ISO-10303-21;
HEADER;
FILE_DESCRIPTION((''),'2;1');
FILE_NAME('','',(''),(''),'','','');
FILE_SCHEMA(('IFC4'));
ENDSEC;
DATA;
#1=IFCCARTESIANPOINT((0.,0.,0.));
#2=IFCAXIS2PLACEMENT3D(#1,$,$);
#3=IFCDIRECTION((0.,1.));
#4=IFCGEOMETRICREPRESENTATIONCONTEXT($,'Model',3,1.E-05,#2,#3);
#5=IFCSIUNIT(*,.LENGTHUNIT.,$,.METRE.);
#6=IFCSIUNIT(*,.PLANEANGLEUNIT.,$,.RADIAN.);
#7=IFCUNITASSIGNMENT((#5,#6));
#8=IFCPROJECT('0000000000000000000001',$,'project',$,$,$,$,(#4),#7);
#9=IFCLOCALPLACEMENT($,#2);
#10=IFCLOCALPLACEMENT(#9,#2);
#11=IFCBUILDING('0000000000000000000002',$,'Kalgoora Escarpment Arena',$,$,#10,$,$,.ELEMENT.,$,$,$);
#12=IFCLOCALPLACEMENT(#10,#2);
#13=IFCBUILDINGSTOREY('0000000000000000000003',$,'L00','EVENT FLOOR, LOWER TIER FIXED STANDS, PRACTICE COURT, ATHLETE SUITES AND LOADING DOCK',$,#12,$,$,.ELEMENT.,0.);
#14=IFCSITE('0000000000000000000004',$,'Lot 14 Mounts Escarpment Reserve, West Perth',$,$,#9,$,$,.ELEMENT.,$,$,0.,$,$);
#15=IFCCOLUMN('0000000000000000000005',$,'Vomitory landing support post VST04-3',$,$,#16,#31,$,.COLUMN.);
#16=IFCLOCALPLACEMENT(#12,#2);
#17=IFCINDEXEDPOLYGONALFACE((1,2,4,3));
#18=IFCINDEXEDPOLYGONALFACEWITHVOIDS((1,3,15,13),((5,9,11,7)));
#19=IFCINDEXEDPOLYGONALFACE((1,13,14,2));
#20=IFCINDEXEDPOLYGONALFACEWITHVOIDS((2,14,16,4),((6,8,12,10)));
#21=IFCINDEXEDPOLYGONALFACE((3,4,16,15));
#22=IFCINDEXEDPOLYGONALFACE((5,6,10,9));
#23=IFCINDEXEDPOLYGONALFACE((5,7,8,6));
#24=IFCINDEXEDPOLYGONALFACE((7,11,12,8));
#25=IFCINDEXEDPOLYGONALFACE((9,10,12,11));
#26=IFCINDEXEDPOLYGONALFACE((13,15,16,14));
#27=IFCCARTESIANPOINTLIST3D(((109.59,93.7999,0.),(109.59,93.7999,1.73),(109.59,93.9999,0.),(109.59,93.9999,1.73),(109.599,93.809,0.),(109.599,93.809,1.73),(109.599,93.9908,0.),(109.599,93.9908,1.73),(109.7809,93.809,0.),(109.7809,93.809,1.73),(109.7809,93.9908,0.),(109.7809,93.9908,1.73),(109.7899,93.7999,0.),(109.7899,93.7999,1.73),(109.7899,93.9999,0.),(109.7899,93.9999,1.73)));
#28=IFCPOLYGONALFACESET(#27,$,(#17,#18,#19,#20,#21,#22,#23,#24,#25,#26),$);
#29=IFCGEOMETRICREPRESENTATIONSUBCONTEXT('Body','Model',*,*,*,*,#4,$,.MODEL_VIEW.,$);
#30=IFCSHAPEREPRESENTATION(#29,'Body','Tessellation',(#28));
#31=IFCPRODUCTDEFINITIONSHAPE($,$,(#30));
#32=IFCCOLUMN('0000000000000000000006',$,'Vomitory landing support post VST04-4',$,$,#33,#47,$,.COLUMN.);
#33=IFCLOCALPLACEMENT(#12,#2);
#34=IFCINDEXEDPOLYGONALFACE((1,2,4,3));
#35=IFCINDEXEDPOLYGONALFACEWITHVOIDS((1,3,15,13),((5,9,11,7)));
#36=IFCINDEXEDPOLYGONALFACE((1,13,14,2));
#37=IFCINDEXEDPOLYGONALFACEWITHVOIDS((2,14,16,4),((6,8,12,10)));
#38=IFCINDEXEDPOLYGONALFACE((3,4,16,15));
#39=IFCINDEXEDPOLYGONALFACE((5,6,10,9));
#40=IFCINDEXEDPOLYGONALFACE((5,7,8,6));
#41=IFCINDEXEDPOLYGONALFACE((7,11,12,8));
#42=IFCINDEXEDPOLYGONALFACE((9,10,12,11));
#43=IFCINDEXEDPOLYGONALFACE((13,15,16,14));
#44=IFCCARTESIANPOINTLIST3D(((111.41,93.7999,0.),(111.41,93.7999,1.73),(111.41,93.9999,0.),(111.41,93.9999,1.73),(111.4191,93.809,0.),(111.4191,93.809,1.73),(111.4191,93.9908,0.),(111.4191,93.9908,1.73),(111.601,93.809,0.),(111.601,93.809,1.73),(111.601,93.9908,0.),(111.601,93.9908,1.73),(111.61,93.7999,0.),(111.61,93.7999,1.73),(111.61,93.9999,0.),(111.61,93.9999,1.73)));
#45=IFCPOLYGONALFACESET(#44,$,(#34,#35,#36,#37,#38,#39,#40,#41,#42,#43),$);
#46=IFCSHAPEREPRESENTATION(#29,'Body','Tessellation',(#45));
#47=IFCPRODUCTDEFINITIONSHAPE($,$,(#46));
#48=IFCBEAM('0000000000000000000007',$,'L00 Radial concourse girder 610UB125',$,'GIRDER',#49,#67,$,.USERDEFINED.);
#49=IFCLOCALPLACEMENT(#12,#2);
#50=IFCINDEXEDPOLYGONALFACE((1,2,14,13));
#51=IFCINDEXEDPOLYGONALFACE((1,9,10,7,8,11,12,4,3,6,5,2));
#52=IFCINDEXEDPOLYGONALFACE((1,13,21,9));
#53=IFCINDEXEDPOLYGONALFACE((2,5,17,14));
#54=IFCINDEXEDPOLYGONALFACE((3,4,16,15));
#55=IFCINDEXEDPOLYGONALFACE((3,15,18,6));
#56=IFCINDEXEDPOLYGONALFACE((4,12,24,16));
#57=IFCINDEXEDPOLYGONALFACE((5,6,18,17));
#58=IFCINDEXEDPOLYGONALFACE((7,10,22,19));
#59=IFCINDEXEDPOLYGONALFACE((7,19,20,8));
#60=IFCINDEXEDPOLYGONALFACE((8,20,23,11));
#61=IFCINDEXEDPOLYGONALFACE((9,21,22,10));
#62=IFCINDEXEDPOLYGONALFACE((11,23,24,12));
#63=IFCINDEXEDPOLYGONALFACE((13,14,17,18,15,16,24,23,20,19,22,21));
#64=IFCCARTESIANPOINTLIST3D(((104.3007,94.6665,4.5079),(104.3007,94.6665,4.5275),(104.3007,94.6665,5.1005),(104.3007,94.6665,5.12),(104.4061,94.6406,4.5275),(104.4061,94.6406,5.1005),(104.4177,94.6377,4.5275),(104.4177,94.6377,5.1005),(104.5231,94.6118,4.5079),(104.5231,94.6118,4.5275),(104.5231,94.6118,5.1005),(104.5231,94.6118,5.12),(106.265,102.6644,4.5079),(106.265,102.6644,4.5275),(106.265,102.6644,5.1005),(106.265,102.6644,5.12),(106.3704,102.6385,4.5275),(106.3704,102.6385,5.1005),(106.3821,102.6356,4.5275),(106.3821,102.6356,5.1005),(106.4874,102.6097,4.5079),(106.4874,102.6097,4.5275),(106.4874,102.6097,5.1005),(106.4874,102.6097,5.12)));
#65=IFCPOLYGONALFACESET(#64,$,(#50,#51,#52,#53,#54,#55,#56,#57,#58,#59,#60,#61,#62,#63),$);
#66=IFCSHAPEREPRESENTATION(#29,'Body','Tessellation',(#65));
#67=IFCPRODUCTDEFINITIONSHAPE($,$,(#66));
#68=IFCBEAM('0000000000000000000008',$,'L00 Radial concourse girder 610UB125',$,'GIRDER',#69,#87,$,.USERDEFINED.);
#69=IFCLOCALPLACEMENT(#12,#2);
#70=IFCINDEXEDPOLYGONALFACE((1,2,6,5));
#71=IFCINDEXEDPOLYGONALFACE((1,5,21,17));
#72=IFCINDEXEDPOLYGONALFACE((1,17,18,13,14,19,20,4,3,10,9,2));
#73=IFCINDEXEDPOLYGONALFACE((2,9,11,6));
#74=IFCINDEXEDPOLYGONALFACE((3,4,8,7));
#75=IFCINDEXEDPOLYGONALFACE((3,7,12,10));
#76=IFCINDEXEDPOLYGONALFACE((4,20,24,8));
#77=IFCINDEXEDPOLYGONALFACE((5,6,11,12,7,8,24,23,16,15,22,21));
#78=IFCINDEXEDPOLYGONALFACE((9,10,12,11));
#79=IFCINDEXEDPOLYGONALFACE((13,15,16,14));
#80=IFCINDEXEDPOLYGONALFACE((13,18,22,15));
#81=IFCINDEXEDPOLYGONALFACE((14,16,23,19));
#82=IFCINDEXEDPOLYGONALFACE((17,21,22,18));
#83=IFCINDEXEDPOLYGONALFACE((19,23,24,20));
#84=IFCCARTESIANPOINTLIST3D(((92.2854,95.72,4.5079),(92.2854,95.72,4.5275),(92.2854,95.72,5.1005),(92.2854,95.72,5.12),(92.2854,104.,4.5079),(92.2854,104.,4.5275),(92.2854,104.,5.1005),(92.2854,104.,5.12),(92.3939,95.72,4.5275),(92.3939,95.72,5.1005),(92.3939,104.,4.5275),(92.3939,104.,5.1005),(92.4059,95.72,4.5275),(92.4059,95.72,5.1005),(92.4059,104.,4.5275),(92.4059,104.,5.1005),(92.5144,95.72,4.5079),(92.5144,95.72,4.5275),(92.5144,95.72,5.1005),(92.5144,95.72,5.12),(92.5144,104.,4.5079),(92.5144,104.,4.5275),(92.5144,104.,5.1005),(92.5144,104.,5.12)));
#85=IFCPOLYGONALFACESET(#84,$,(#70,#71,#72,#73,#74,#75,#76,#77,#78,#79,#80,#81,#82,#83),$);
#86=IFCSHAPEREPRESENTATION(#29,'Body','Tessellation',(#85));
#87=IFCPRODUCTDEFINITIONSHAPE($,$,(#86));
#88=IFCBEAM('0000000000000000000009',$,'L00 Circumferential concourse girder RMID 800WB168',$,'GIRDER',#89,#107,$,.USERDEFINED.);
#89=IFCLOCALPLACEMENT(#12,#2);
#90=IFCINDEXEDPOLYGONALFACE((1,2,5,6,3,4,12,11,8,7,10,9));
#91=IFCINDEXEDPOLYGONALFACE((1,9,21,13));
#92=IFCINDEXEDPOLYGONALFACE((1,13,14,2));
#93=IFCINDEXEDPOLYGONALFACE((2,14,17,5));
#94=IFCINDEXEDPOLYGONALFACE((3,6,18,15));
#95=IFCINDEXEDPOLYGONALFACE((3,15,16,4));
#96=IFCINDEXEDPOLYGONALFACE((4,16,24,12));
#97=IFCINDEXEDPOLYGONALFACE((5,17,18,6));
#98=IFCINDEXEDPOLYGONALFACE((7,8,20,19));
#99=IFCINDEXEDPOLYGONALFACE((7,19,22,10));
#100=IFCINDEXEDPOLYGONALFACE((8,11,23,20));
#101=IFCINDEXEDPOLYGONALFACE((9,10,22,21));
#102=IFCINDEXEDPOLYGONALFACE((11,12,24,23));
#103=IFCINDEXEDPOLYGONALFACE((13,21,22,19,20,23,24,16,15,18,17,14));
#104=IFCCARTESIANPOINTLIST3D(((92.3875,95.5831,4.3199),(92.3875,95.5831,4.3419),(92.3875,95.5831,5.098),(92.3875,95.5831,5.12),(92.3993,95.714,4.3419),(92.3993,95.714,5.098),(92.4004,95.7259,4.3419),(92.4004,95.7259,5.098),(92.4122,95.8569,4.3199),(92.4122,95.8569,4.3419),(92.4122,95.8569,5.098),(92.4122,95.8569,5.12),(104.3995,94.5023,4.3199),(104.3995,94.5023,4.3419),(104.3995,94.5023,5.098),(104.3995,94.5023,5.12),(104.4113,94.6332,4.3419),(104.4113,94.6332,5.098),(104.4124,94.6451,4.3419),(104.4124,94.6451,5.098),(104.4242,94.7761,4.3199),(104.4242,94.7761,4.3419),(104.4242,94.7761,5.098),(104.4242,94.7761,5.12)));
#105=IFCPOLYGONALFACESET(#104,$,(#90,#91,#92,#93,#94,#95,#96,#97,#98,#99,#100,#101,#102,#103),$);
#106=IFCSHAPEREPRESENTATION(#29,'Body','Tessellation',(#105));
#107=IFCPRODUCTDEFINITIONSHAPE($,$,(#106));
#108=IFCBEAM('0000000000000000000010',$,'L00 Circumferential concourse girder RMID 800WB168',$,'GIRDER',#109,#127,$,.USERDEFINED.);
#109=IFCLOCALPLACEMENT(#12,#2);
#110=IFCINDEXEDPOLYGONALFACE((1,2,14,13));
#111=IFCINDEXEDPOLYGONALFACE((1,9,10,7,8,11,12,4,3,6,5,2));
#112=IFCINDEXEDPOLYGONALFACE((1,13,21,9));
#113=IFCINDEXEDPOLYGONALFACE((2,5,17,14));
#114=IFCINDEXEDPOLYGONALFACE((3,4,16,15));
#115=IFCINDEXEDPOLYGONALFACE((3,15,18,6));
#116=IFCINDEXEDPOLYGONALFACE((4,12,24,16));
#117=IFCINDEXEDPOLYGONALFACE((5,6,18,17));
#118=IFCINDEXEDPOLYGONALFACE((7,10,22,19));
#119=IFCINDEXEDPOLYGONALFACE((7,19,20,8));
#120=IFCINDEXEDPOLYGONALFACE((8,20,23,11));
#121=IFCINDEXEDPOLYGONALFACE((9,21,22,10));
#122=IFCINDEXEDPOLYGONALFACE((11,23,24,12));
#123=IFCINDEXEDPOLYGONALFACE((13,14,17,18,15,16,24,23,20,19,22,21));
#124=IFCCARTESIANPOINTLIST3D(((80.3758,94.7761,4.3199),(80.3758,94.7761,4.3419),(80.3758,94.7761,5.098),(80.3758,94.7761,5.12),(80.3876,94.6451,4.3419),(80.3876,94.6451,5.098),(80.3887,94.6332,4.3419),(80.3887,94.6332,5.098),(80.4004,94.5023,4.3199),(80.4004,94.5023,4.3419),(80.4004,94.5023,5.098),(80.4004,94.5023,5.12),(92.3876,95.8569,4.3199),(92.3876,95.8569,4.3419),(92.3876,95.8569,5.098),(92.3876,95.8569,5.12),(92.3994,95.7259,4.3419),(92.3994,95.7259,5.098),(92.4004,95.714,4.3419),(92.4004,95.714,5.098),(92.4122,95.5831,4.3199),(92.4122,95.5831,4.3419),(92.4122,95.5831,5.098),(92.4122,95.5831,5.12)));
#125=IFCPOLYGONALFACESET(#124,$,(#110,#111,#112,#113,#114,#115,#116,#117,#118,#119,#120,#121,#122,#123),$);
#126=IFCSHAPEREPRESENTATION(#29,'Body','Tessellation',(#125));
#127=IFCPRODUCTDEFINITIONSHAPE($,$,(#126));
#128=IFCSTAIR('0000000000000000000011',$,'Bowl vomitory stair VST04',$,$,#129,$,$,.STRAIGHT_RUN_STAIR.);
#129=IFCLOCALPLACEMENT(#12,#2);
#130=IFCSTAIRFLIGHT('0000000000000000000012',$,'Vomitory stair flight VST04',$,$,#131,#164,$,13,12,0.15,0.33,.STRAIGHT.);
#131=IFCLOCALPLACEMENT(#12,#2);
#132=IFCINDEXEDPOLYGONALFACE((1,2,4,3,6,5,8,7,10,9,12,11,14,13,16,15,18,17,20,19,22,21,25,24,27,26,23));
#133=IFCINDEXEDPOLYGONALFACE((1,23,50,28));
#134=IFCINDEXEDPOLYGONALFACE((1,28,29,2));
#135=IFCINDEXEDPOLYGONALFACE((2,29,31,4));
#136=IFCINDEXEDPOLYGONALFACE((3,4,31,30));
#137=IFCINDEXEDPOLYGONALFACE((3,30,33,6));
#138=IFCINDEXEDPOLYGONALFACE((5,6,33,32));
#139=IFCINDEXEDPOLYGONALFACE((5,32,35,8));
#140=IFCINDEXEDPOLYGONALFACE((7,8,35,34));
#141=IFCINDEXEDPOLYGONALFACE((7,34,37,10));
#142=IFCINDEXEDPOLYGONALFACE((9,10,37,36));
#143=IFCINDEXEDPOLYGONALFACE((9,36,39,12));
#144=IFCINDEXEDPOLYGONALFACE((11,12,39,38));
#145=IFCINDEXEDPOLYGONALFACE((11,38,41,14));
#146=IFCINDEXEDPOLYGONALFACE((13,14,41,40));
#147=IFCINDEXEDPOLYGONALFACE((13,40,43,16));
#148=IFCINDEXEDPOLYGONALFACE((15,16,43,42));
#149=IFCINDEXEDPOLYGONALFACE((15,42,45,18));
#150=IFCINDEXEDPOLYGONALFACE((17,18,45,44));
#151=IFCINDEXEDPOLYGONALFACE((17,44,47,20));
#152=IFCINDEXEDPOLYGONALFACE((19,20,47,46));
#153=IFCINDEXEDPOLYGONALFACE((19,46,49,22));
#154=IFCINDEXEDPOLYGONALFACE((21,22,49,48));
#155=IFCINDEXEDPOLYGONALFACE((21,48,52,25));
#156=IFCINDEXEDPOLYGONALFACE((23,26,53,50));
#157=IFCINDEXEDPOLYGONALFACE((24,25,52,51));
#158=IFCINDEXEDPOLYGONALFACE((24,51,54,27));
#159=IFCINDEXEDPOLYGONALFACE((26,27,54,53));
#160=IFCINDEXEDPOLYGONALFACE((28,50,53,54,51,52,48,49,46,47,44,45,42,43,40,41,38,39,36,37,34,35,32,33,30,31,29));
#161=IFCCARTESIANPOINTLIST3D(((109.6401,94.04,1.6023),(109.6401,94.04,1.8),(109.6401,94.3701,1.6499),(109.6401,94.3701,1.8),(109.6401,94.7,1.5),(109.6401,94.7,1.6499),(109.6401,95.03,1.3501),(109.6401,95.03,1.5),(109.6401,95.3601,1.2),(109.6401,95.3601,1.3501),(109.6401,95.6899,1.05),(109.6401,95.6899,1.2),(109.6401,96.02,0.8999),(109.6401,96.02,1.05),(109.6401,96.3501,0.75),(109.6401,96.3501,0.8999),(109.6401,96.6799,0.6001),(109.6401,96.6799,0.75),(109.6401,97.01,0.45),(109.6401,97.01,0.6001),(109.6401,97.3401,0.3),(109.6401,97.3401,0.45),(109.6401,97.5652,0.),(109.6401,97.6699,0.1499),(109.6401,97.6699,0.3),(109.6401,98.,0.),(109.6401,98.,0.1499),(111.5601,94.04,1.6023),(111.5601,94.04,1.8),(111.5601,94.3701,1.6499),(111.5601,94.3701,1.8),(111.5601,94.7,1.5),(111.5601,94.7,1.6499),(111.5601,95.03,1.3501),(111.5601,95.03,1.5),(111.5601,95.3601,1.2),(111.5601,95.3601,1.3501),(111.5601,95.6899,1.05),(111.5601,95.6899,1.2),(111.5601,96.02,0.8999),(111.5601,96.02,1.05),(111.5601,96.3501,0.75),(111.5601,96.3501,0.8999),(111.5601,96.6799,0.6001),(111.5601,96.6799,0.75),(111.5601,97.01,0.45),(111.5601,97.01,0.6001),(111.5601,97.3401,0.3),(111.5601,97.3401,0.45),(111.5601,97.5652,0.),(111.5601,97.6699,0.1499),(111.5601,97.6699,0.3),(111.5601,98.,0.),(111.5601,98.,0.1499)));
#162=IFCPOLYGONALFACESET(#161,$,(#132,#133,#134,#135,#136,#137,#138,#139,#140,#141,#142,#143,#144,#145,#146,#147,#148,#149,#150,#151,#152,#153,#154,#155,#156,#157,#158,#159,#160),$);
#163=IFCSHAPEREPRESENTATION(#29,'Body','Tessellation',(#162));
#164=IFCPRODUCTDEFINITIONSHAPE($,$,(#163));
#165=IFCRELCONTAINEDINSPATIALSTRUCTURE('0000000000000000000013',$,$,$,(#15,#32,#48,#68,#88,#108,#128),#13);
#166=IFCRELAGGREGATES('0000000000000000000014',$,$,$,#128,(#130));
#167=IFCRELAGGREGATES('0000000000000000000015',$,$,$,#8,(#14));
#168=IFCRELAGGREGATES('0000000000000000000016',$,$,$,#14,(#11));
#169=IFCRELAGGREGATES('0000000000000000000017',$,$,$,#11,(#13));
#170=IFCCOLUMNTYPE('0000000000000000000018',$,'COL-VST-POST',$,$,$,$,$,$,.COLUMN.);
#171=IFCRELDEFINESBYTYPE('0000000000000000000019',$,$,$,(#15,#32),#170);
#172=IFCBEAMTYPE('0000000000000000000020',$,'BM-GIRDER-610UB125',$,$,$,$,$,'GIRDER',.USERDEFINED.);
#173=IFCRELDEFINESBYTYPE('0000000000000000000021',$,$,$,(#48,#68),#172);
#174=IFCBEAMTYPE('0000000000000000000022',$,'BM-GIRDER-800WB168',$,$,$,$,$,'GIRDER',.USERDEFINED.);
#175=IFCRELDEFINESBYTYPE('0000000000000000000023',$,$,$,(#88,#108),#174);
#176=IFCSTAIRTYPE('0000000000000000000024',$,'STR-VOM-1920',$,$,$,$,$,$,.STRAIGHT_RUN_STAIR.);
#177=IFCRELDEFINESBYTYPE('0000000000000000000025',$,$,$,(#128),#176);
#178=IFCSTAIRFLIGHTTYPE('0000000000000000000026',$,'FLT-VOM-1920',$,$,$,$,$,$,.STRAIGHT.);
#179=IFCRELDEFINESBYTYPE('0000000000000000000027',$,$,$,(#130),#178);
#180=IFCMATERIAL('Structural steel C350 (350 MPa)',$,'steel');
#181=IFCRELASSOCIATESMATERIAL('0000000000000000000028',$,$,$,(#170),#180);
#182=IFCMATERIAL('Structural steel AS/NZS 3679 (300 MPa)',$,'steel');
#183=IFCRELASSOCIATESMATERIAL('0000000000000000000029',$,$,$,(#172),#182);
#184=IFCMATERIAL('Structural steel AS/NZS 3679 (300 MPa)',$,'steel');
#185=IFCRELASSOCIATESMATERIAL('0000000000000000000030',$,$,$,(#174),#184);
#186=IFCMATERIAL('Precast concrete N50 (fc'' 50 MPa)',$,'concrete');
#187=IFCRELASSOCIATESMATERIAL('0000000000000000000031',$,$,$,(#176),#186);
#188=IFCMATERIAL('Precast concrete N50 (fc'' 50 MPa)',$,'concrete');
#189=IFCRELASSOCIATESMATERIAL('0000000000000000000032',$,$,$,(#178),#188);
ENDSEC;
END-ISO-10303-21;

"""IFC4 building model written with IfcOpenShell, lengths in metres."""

from ifc_helpers import new_model, si_unit, direction, frame, origin, origin_2d, place, context, subcontext, project, spatial, polyline, hollow_rectangle, i_section, outline, extrude, material, material_profile, profile_set, type_object, element, aggregate, save


model = new_model("IFC4")

# Units and contexts
model_context = context("Model", 3, precision=1e-05, world=origin(), true_north=direction((0.0, 1.0)))
body_context = subcontext(model_context, "Body", "Model", "MODEL_VIEW")
ifc_project = project(units=[si_unit("LENGTHUNIT", "METRE"), si_unit("PLANEANGLEUNIT", "RADIAN")], contexts=[model_context])

# Site, building, storey
site_placement = place(None, origin())
site = spatial("IfcSite", under=ifc_project, at=site_placement, Name="Lot 14 Mounts Escarpment Reserve, West Perth", CompositionType="ELEMENT", RefElevation=0.0)
building_placement = place(site_placement, origin())
building = spatial("IfcBuilding", under=site, at=building_placement, Name="Kalgoora Escarpment Arena", CompositionType="ELEMENT")
storey_placement = place(building_placement, origin())
storey = spatial("IfcBuildingStorey", under=building, at=storey_placement, Name="L00", Description="EVENT FLOOR, LOWER TIER FIXED STANDS, PRACTICE COURT, ATHLETE SUITES AND LOADING DOCK", CompositionType="ELEMENT", Elevation=0.0)

# Columns
ifc_material_1 = material(Name="Structural steel C350 (350 MPa)", Category="steel")
ifc_material_profile_1 = material_profile(ifc_material_1, hollow_rectangle(XDim=0.2, YDim=0.2, WallThickness=0.009, at=origin_2d()))
ifc_profile_set_1 = profile_set([ifc_material_profile_1], Name="Structural steel C350 (350 MPa)")
column_type_1 = type_object("IfcColumnType", Name="COL-VST-POST", PredefinedType="COLUMN", material=ifc_profile_set_1)
for number, where, z_axis, x_axis, name in (
    (1, (109.6899, 93.8999, 0.0), (0.0, 0.0, 1.0), (1.0, 0.0, 0.0), "Vomitory landing support post VST04-3"),
    (2, (111.51, 93.8999, 0.0), (0.0, 0.0, 1.0), (1.0, 0.0, 0.0), "Vomitory landing support post VST04-4"),
):
    element("IfcColumn", number, at=place(storey_placement, frame(where, z_axis=z_axis, x_axis=x_axis)), inside=storey, type_object=column_type_1, Name=name, PredefinedType="COLUMN", context=body_context, shape_type="SweptSolid", body=[
        extrude(hollow_rectangle(XDim=0.2, YDim=0.2, WallThickness=0.009, at=origin_2d()), origin(), (0.0, 0.0, 1.0), 1.73),
    ])

# Beams
ifc_material_2 = material(Name="Structural steel AS/NZS 3679 (300 MPa)", Category="steel")
ifc_material_profile_2 = material_profile(ifc_material_2, i_section(OverallWidth=0.229, OverallDepth=0.6121, WebThickness=0.012, FlangeThickness=0.0195, at=origin_2d()))
ifc_profile_set_2 = profile_set([ifc_material_profile_2], Name="Structural steel AS/NZS 3679 (300 MPa)")
beam_type_1 = type_object("IfcBeamType", Name="BM-GIRDER-610UB125", ElementType="GIRDER", PredefinedType="USERDEFINED", material=ifc_profile_set_2)
beam_1_placement = place(storey_placement, frame((104.4119, 94.6392, 4.814), z_axis=(0.238523, 0.971137, 0.0), x_axis=(-0.971137, 0.238523, 0.0)))
element("IfcBeam", 3, at=beam_1_placement, inside=storey, type_object=beam_type_1, Name="L00 Radial concourse girder 610UB125", ObjectType="GIRDER", PredefinedType="USERDEFINED", context=body_context, shape_type="SweptSolid", body=[
    extrude(i_section(OverallWidth=0.229, OverallDepth=0.6121, WebThickness=0.012, FlangeThickness=0.0195, at=origin_2d()), origin(), (0.0, 0.0, 1.0), 8.2356),
])
beam_2_placement = place(storey_placement, frame((92.3999, 95.72, 4.814), z_axis=(0.0, 1.0, 0.0), x_axis=(-1.0, 0.0, 0.0)))
element("IfcBeam", 4, at=beam_2_placement, inside=storey, type_object=beam_type_1, Name="L00 Radial concourse girder 610UB125", ObjectType="GIRDER", PredefinedType="USERDEFINED", context=body_context, shape_type="SweptSolid", body=[
    extrude(i_section(OverallWidth=0.229, OverallDepth=0.6121, WebThickness=0.012, FlangeThickness=0.0195, at=origin_2d()), origin(), (0.0, 0.0, 1.0), 8.28),
])
ifc_material_3 = material(Name="Structural steel AS/NZS 3679 (300 MPa)", Category="steel")
ifc_material_profile_3 = material_profile(ifc_material_3, i_section(OverallWidth=0.2749, OverallDepth=0.8, WebThickness=0.012, FlangeThickness=0.022, at=origin_2d()))
ifc_profile_set_3 = profile_set([ifc_material_profile_3], Name="Structural steel AS/NZS 3679 (300 MPa)")
beam_type_2 = type_object("IfcBeamType", Name="BM-GIRDER-800WB168", ElementType="GIRDER", PredefinedType="USERDEFINED", material=ifc_profile_set_3)
beam_3_placement = place(storey_placement, frame((104.4119, 94.6392, 4.72), z_axis=(-0.995976, 0.089616, 0.0), x_axis=(-0.089616, -0.995976, 0.0)))
element("IfcBeam", 5, at=beam_3_placement, inside=storey, type_object=beam_type_2, Name="L00 Circumferential concourse girder RMID 800WB168", ObjectType="GIRDER", PredefinedType="USERDEFINED", context=body_context, shape_type="SweptSolid", body=[
    extrude(i_section(OverallWidth=0.2749, OverallDepth=0.8, WebThickness=0.012, FlangeThickness=0.022, at=origin_2d()), origin(), (0.0, 0.0, 1.0), 12.0605),
])
beam_4_placement = place(storey_placement, frame((92.3999, 95.72, 4.72), z_axis=(-0.995976, -0.089618, 0.0), x_axis=(0.089618, -0.995976, 0.0)))
element("IfcBeam", 6, at=beam_4_placement, inside=storey, type_object=beam_type_2, Name="L00 Circumferential concourse girder RMID 800WB168", ObjectType="GIRDER", PredefinedType="USERDEFINED", context=body_context, shape_type="SweptSolid", body=[
    extrude(i_section(OverallWidth=0.2749, OverallDepth=0.8, WebThickness=0.012, FlangeThickness=0.022, at=origin_2d()), origin(), (0.0, 0.0, 1.0), 12.0603),
])

# Stair, stair flight
ifc_material_4 = material(Name="Precast concrete N50 (fc' 50 MPa)", Category="concrete")
stair_type = type_object("IfcStairType", Name="STR-VOM-1920", PredefinedType="STRAIGHT_RUN_STAIR", material=ifc_material_4)
stair_placement = place(storey_placement, origin())
stair = element("IfcStair", 7, at=stair_placement, inside=storey, type_object=stair_type, Name="Bowl vomitory stair VST04", PredefinedType="STRAIGHT_RUN_STAIR")
ifc_material_5 = material(Name="Precast concrete N50 (fc' 50 MPa)", Category="concrete")
stair_flight_type = type_object("IfcStairFlightType", Name="FLT-VOM-1920", PredefinedType="STRAIGHT", material=ifc_material_5)
stair_flight_placement = place(storey_placement, frame((110.6001, 98.0, 0.0), z_axis=(0.0, 0.0, 1.0), x_axis=(0.0, -1.0, 0.0)))
stair_flight = element("IfcStairFlight", 8, at=stair_flight_placement, type_object=stair_flight_type, Name="Vomitory stair flight VST04", NumberOfRisers=13, NumberOfTreads=12, PredefinedType="STRAIGHT", RiserHeight=0.15, TreadLength=0.33, context=body_context, shape_type="SweptSolid", body=[
    extrude(outline(polyline([(0.0, 0.0), (0.0, 0.1499), (0.3301, 0.1499), (0.3301, 0.3), (0.6599, 0.3), (0.6599, 0.45), (0.99, 0.45), (0.99, 0.6001), (1.3201, 0.6001), (1.3201, 0.75), (1.6499, 0.75), (1.6499, 0.8999), (1.98, 0.8999), (1.98, 1.05), (2.3101, 1.05), (2.3101, 1.2), (2.6399, 1.2), (2.6399, 1.3501), (2.97, 1.3501), (2.97, 1.5), (3.3, 1.5), (3.3, 1.6499), (3.6299, 1.6499), (3.6299, 1.8), (3.96, 1.8), (3.96, 1.95), (3.96, 1.6023), (0.4348, 0.0), (0.0, 0.0)])), frame((0.0, 0.96, 0.0), z_axis=(0.0, -1.0, 0.0), x_axis=(1.0, 0.0, 0.0)), (0.0, 0.0, 1.0), 1.9199),
])
aggregate(stair, [stair_flight])

save(model, "model.ifc")
